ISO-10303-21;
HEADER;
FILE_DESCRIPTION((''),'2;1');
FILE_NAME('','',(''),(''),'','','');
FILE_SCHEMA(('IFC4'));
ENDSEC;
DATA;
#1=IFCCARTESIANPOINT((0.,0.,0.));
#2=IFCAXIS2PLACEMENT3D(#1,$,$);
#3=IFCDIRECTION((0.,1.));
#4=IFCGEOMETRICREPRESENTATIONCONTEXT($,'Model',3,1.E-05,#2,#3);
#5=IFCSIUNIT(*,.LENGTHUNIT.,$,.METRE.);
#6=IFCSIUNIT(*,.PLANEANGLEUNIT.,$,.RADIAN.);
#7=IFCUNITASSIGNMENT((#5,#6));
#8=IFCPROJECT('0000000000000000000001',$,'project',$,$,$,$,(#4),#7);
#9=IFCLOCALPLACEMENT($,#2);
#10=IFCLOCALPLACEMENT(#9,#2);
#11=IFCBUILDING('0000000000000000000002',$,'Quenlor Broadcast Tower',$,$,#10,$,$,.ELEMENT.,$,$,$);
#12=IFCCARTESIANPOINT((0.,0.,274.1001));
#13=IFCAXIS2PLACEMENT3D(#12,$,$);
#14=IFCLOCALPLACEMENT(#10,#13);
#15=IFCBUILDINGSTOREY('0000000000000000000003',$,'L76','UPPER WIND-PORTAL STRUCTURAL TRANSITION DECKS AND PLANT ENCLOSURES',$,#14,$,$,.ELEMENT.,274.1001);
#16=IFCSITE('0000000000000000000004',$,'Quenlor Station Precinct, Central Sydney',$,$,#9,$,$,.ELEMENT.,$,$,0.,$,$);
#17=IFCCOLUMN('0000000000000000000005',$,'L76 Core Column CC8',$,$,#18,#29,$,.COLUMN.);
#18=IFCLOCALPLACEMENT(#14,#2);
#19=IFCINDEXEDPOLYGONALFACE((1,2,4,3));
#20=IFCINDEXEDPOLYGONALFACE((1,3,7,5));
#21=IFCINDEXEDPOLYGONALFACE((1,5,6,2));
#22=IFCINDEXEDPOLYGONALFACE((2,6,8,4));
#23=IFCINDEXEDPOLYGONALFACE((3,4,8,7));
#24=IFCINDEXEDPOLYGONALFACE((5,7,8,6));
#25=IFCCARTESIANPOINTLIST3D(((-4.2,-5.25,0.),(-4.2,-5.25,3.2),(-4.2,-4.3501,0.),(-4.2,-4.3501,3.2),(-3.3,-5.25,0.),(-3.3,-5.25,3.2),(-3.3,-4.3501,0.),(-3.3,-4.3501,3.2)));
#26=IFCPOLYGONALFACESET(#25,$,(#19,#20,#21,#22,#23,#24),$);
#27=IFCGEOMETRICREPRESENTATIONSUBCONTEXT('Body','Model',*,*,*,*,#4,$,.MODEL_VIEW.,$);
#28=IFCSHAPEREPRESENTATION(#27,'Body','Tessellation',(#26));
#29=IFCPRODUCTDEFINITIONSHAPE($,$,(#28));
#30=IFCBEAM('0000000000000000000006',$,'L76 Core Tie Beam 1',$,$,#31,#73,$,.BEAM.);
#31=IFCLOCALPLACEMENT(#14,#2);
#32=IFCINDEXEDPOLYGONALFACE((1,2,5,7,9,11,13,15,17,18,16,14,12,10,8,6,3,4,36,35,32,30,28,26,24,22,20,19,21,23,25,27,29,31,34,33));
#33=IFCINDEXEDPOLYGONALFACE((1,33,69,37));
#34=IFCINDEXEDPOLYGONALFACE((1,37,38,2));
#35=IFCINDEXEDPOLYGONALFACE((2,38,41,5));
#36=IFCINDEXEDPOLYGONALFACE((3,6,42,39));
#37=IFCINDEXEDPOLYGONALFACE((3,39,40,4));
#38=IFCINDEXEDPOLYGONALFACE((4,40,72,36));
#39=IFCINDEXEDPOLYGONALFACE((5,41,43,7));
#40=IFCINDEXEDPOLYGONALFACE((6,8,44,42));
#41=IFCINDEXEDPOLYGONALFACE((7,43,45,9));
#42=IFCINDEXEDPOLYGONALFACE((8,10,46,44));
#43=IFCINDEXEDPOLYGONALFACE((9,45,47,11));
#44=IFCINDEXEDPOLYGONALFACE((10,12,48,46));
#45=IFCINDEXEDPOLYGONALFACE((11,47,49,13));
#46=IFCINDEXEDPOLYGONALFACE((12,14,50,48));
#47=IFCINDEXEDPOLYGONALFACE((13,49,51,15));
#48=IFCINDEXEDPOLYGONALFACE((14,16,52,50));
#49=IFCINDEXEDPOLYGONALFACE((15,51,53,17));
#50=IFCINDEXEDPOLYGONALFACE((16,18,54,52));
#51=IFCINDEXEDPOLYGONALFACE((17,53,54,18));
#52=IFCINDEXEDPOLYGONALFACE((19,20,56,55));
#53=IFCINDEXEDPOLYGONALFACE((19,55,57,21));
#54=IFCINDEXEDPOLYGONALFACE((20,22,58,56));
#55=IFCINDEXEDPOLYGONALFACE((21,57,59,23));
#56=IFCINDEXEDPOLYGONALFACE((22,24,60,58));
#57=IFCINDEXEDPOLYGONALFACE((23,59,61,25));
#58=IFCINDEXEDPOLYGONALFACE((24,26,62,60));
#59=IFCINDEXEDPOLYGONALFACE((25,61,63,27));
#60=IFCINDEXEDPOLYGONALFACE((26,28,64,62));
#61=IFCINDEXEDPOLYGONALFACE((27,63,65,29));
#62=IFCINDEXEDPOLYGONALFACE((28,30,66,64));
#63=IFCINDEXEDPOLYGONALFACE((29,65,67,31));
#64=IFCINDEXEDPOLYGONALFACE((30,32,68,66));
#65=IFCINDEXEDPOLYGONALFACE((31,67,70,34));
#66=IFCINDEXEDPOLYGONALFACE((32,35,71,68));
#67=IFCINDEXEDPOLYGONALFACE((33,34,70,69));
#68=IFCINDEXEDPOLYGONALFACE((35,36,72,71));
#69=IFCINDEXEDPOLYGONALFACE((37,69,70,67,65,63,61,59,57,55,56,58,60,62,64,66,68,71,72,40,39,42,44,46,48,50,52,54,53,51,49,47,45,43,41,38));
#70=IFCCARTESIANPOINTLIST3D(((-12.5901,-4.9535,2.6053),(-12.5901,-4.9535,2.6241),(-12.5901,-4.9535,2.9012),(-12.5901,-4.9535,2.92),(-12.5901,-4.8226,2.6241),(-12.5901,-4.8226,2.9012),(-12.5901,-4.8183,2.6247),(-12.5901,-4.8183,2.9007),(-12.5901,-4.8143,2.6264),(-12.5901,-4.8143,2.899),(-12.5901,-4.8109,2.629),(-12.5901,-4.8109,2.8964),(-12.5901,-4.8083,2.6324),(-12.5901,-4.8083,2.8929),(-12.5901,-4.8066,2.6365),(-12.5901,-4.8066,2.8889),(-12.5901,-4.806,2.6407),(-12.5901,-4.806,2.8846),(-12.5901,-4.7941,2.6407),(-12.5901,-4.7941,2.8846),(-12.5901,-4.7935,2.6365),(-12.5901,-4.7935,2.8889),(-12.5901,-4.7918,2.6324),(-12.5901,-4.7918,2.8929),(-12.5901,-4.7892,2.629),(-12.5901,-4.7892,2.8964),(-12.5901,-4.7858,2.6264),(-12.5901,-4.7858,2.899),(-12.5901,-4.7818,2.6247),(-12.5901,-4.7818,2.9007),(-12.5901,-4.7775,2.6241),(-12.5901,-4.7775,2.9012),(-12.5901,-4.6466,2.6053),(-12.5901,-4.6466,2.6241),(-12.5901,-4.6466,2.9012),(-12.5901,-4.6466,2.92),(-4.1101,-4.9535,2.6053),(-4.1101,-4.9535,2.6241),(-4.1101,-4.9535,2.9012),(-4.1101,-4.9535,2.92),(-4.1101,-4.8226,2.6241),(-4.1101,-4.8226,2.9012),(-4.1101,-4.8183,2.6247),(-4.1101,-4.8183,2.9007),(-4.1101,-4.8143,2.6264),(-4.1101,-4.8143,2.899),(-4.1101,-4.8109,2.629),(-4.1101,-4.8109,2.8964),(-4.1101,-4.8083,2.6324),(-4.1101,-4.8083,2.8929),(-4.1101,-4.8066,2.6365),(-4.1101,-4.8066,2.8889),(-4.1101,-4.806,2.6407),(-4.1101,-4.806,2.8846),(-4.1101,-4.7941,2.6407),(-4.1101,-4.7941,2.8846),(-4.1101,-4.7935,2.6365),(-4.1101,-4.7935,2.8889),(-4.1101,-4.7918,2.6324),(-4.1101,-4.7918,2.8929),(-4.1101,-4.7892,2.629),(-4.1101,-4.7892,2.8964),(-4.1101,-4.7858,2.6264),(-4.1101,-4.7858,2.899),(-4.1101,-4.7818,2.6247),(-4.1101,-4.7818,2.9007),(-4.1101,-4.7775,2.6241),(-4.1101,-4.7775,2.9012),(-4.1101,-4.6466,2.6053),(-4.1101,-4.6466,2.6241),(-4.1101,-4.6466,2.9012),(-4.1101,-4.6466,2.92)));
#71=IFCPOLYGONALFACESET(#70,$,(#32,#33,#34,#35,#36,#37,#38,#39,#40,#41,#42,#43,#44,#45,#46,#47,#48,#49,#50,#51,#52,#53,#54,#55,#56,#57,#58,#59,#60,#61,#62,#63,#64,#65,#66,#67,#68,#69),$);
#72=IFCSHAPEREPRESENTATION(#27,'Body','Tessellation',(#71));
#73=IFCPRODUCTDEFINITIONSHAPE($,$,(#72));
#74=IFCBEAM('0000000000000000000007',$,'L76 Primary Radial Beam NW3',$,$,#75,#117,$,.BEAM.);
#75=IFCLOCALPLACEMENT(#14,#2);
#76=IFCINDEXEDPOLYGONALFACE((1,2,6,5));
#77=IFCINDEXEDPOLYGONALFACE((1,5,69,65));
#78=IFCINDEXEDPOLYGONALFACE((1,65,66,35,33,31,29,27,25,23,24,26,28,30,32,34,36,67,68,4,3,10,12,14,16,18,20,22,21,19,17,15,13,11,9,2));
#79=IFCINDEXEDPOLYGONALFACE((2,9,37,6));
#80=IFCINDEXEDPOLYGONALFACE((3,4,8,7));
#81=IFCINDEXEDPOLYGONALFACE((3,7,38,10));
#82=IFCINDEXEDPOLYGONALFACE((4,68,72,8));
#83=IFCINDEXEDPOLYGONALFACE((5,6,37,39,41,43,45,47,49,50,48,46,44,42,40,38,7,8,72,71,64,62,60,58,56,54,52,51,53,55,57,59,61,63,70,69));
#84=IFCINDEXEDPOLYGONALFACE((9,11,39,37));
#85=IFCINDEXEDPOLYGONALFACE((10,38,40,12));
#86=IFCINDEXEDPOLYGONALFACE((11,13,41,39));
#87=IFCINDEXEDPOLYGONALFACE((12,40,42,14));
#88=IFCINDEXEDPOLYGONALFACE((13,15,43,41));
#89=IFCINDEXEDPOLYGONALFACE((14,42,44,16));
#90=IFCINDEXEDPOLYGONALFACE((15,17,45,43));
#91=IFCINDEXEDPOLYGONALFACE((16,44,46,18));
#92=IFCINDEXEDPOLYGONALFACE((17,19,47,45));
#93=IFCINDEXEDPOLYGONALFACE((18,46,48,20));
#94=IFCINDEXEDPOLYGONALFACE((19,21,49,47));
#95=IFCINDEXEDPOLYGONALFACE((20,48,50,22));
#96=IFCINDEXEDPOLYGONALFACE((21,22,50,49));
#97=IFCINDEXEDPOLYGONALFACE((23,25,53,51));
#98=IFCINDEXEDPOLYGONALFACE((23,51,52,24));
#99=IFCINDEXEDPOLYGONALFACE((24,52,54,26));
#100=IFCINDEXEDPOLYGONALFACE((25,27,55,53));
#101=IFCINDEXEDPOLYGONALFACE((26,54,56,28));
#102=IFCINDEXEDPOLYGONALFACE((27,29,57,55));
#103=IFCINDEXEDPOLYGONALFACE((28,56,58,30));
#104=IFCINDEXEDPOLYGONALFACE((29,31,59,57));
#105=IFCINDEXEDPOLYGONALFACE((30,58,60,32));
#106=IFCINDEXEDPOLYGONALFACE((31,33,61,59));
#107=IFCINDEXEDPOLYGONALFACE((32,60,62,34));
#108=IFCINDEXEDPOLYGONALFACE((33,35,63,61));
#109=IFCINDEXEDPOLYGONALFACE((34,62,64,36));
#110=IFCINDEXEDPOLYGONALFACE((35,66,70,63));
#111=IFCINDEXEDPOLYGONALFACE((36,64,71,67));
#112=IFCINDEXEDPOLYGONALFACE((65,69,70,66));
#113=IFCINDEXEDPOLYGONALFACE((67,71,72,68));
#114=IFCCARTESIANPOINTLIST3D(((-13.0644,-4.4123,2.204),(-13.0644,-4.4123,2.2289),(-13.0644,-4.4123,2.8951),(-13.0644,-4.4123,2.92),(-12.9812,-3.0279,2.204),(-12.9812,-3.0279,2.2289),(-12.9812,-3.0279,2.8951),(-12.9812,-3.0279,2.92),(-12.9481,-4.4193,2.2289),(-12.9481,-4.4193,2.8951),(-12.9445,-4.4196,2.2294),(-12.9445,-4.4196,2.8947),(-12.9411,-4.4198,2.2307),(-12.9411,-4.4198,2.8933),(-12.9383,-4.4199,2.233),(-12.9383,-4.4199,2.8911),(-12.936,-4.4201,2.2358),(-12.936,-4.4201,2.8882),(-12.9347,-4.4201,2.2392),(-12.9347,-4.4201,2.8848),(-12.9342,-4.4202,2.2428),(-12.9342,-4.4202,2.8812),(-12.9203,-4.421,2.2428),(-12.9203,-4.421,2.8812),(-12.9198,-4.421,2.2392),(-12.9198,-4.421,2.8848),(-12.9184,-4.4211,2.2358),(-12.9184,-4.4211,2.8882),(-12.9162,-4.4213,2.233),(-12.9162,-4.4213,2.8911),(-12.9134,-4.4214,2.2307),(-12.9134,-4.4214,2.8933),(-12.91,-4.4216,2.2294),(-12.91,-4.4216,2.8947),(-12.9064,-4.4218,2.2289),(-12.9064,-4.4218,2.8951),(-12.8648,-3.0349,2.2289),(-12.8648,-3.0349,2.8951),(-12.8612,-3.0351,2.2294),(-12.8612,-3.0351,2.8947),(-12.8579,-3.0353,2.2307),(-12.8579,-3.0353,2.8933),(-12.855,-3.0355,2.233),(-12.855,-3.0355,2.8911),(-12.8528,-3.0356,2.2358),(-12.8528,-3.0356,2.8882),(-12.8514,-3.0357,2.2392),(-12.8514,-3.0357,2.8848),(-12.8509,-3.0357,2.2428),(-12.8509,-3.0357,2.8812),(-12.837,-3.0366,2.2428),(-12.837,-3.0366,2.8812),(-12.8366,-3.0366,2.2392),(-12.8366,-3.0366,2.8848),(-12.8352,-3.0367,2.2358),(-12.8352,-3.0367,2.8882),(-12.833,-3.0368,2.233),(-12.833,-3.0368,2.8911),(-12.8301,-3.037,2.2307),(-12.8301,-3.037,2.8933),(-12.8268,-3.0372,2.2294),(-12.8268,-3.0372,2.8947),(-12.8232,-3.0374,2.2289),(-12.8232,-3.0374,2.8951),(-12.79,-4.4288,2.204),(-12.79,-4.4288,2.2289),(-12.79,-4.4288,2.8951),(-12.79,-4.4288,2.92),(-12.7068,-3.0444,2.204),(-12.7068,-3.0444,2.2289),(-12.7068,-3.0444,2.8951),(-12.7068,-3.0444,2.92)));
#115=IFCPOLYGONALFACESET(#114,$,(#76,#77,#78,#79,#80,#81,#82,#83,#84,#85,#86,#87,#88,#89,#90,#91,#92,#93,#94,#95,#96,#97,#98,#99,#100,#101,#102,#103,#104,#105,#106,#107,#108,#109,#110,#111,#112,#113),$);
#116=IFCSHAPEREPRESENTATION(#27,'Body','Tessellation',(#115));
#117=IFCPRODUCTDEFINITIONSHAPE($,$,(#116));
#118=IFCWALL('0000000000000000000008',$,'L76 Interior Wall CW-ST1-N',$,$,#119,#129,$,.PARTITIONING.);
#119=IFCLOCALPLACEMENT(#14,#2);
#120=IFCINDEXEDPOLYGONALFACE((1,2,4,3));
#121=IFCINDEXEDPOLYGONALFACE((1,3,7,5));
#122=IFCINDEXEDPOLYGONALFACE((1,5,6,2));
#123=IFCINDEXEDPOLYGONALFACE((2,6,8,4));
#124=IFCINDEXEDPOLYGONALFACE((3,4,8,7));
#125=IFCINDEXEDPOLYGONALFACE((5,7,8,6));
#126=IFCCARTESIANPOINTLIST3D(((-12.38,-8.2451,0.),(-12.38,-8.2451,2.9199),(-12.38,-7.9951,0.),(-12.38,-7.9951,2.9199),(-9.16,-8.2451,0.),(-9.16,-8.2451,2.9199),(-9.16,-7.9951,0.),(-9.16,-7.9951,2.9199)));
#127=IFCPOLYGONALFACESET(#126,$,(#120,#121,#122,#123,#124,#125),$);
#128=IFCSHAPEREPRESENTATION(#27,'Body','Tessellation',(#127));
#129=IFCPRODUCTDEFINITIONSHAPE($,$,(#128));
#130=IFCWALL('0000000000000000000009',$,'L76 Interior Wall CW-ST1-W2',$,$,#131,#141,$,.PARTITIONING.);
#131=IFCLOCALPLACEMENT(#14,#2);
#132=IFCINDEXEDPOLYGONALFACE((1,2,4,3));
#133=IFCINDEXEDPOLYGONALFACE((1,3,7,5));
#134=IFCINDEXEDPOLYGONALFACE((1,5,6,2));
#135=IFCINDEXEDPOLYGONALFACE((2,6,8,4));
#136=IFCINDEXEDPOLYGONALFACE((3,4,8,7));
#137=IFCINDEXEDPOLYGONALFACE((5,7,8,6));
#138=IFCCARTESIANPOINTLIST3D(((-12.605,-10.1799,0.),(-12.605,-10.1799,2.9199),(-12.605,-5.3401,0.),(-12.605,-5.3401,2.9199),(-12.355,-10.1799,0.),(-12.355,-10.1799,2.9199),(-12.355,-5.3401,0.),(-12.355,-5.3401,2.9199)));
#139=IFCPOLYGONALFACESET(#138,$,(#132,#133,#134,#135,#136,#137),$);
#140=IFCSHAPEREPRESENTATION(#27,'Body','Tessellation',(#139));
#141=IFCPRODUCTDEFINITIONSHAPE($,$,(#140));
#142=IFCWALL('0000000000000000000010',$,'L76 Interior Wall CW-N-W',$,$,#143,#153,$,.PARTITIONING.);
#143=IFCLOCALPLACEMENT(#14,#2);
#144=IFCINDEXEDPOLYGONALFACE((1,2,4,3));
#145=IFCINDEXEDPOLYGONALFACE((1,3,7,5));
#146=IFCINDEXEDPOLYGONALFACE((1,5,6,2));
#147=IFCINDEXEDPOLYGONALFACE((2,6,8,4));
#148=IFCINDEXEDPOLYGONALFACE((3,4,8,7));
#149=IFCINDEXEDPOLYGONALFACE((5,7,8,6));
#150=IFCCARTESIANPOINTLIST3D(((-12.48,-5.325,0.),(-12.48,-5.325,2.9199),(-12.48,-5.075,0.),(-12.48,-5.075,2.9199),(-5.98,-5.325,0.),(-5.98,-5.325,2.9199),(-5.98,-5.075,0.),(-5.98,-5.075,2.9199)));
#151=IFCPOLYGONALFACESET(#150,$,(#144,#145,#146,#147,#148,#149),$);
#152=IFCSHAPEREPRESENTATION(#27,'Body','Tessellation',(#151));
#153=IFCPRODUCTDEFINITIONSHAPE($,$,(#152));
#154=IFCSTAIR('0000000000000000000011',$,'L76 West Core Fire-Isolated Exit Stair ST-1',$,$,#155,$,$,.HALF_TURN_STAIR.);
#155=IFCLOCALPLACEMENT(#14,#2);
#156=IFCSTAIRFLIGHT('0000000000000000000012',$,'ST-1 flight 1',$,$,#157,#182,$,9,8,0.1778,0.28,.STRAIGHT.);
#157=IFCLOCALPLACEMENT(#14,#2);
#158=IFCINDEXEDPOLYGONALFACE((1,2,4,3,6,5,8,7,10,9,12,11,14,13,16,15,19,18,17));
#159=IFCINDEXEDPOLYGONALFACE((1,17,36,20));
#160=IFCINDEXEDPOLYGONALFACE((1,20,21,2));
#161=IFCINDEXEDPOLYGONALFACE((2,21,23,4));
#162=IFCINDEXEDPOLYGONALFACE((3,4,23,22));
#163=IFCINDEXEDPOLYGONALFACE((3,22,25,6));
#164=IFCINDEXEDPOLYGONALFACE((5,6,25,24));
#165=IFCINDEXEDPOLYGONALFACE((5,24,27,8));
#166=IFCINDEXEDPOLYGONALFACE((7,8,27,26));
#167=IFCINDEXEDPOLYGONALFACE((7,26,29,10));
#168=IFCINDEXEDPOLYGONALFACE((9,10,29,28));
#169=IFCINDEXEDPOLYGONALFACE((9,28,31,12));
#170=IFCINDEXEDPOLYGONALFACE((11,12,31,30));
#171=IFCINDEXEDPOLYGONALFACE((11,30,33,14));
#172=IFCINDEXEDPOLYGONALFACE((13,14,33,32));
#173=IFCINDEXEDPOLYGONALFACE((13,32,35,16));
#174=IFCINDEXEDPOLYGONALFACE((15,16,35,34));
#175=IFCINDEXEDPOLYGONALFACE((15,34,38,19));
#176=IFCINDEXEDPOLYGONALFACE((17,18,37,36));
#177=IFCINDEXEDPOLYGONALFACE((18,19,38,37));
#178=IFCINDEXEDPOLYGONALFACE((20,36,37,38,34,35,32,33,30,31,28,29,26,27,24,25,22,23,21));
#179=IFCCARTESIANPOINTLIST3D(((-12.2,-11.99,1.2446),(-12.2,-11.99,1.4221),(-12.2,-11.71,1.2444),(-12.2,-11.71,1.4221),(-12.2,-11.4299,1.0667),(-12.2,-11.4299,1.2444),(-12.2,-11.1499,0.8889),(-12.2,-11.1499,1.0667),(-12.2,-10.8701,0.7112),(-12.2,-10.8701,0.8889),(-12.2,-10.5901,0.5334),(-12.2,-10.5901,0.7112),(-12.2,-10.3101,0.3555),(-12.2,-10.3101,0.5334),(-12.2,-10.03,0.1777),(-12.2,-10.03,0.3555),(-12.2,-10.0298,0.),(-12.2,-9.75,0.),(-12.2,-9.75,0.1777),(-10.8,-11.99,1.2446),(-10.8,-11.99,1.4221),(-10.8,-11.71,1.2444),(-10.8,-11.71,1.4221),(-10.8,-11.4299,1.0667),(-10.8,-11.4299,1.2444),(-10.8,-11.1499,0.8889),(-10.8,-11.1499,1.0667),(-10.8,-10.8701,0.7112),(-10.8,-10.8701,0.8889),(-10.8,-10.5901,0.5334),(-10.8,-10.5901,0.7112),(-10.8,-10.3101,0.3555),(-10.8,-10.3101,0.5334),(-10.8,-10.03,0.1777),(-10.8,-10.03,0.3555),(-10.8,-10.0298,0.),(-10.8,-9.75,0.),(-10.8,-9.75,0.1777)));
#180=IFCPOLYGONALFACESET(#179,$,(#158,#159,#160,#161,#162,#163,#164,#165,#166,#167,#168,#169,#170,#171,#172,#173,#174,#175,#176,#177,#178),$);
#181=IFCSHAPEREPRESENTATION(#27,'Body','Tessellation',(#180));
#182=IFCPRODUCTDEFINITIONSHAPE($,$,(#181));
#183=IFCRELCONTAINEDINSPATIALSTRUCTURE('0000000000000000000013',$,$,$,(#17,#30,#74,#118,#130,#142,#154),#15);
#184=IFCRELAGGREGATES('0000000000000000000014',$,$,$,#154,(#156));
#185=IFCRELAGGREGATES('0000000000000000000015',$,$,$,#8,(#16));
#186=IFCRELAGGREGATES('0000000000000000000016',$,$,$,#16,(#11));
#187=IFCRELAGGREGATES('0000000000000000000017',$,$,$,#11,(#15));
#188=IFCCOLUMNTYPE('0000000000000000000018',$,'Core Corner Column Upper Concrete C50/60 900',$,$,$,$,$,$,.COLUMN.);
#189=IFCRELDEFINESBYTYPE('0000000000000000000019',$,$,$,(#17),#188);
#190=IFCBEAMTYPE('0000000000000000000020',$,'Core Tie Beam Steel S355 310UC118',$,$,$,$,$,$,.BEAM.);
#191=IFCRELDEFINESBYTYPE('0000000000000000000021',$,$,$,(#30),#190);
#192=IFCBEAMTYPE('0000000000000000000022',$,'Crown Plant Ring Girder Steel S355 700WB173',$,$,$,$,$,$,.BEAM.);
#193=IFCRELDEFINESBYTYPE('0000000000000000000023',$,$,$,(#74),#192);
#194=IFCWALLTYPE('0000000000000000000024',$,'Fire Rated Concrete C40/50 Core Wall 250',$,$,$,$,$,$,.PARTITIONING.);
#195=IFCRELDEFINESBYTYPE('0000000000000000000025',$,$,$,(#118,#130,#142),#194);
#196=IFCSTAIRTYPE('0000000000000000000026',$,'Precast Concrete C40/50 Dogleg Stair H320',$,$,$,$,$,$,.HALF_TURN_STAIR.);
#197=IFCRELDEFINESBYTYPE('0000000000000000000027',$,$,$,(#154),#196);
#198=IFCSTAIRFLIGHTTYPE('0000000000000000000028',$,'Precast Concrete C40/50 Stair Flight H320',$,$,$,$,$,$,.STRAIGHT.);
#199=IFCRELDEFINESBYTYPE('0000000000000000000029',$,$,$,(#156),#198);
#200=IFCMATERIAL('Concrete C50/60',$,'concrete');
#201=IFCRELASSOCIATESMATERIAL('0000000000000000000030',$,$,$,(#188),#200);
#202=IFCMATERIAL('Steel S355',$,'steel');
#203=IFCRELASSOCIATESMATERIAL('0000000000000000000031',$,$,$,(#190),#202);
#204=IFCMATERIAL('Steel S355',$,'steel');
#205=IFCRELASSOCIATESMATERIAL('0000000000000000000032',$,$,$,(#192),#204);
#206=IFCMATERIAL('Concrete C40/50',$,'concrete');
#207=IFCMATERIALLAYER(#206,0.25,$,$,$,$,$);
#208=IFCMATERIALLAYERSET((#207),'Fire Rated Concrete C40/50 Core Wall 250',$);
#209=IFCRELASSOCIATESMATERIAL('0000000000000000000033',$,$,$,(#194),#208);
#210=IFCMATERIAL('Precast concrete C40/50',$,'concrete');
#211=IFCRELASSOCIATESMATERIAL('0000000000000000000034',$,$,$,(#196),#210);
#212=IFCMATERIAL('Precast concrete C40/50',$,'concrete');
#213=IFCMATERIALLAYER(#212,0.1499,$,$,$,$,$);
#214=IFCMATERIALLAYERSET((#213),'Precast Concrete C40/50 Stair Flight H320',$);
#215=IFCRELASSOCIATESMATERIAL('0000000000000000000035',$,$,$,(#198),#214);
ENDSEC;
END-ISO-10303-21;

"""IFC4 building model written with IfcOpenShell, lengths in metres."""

from ifc_helpers import new_model, si_unit, direction, frame, frame_2d, origin, origin_2d, place, context, subcontext, project, spatial, polyline, rectangle, i_section, outline, extrude, material, layer, layer_set, material_profile, profile_set, type_object, element, aggregate, save


model = new_model("IFC4")

# Units and contexts
model_context = context("Model", 3, precision=1e-05, world=origin(), true_north=direction((0.0, 1.0)))
body_context = subcontext(model_context, "Body", "Model", "MODEL_VIEW")
ifc_project = project(units=[si_unit("LENGTHUNIT", "METRE"), si_unit("PLANEANGLEUNIT", "RADIAN")], contexts=[model_context])

# Site, building, storey
site_placement = place(None, origin())
site = spatial("IfcSite", under=ifc_project, at=site_placement, Name="Quenlor Station Precinct, Central Sydney", CompositionType="ELEMENT", RefElevation=0.0)
building_placement = place(site_placement, origin())
building = spatial("IfcBuilding", under=site, at=building_placement, Name="Quenlor Broadcast Tower", CompositionType="ELEMENT")
storey_placement = place(building_placement, frame((0.0, 0.0, 274.1001)))
storey = spatial("IfcBuildingStorey", under=building, at=storey_placement, Name="L76", Description="UPPER WIND-PORTAL STRUCTURAL TRANSITION DECKS AND PLANT ENCLOSURES", CompositionType="ELEMENT", Elevation=274.1001)

# Column
ifc_material_1 = material(Name="Concrete C50/60", Category="concrete")
ifc_material_profile_1 = material_profile(ifc_material_1, rectangle(XDim=0.8999, YDim=0.8999, at=origin_2d()))
ifc_profile_set_1 = profile_set([ifc_material_profile_1], Name="Concrete C50/60 RC900x900")
column_type = type_object("IfcColumnType", Name="Core Corner Column Upper Concrete C50/60 900", PredefinedType="COLUMN", material=ifc_profile_set_1)
column_placement = place(storey_placement, frame((-3.75, -4.8, 0.0), z_axis=(0.0, 0.0, 1.0), x_axis=(1.0, 0.0, 0.0)))
element("IfcColumn", 1, at=column_placement, inside=storey, type_object=column_type, Name="L76 Core Column CC8", PredefinedType="COLUMN", context=body_context, shape_type="SweptSolid", body=[
    extrude(rectangle(XDim=0.8999, YDim=0.8999, at=origin_2d()), origin(), (0.0, 0.0, 1.0), 3.2),
])

# Beams
ifc_material_2 = material(Name="Steel S355", Category="steel")
ifc_material_profile_2 = material_profile(ifc_material_2, i_section(OverallWidth=0.3069, OverallDepth=0.3147, WebThickness=0.012, FlangeThickness=0.0188, FilletRadius=0.0166, at=origin_2d()))
ifc_profile_set_2 = profile_set([ifc_material_profile_2], Name="Steel S355 310UC118")
beam_type_1 = type_object("IfcBeamType", Name="Core Tie Beam Steel S355 310UC118", PredefinedType="BEAM", material=ifc_profile_set_2)
beam_1_placement = place(storey_placement, frame((-12.5901, -4.8, 2.7627), z_axis=(1.0, 0.0, 0.0), x_axis=(0.0, 1.0, 0.0)))
element("IfcBeam", 2, at=beam_1_placement, inside=storey, type_object=beam_type_1, Name="L76 Core Tie Beam 1", PredefinedType="BEAM", context=body_context, shape_type="SweptSolid", body=[
    extrude(i_section(OverallWidth=0.3069, OverallDepth=0.3147, WebThickness=0.012, FlangeThickness=0.0188, FilletRadius=0.0166, at=origin_2d()), origin(), (0.0, 0.0, 1.0), 8.48),
])
ifc_material_3 = material(Name="Steel S355", Category="steel")
ifc_material_profile_3 = material_profile(ifc_material_3, i_section(OverallWidth=0.2749, OverallDepth=0.7161, WebThickness=0.0139, FlangeThickness=0.0249, FilletRadius=0.0139, at=origin_2d()))
ifc_profile_set_3 = profile_set([ifc_material_profile_3], Name="Steel S355 700WB173")
beam_type_2 = type_object("IfcBeamType", Name="Crown Plant Ring Girder Steel S355 700WB173", PredefinedType="BEAM", material=ifc_profile_set_3)
beam_2_placement = place(storey_placement, frame((-12.844, -3.0361, 2.562), z_axis=(-0.060022, -0.998197, 0.0), x_axis=(0.998197, -0.060022, 0.0)))
element("IfcBeam", 3, at=beam_2_placement, inside=storey, type_object=beam_type_2, Name="L76 Primary Radial Beam NW3", PredefinedType="BEAM", context=body_context, shape_type="SweptSolid", body=[
    extrude(i_section(OverallWidth=0.2749, OverallDepth=0.7161, WebThickness=0.0139, FlangeThickness=0.0249, FilletRadius=0.0139, at=origin_2d()), origin(), (0.0, 0.0, 1.0), 1.387),
])

# Shared definitions
ifc_material_4 = material(Name="Concrete C40/50", Category="concrete")
ifc_layer_1 = layer(ifc_material_4, 0.25)
ifc_layer_set_1 = layer_set([ifc_layer_1], Name="Fire Rated Concrete C40/50 Core Wall 250")
wall_type_1 = type_object("IfcWallType", Name="Fire Rated Concrete C40/50 Core Wall 250", PredefinedType="PARTITIONING", material=ifc_layer_set_1)

# Walls
wall_1_placement = place(storey_placement, frame((-12.3799, -8.1201, 0.0), z_axis=(0.0, 0.0, 1.0), x_axis=(1.0, 0.0, 0.0)))
element("IfcWall", 4, at=wall_1_placement, inside=storey, type_object=wall_type_1, Name="L76 Interior Wall CW-ST1-N", PredefinedType="PARTITIONING", context=body_context, shape_type="SweptSolid", body=[
    extrude(rectangle(XDim=3.22, YDim=0.25, at=frame_2d((1.6099, 0.0))), origin(), (0.0, 0.0, 1.0), 2.9199),
])
wall_2_placement = place(storey_placement, frame((-12.48, -10.1799, 0.0), z_axis=(0.0, 0.0, 1.0), x_axis=(0.0, 1.0, 0.0)))
element("IfcWall", 5, at=wall_2_placement, inside=storey, type_object=wall_type_1, Name="L76 Interior Wall CW-ST1-W2", PredefinedType="PARTITIONING", context=body_context, shape_type="SweptSolid", body=[
    extrude(rectangle(XDim=4.8398, YDim=0.25, at=frame_2d((2.4199, 0.0))), origin(), (0.0, 0.0, 1.0), 2.9199),
])

# Wall
wall_3_placement = place(storey_placement, frame((-12.48, -5.2, 0.0), z_axis=(0.0, 0.0, 1.0), x_axis=(1.0, 0.0, 0.0)))
element("IfcWall", 6, at=wall_3_placement, inside=storey, type_object=wall_type_1, Name="L76 Interior Wall CW-N-W", PredefinedType="PARTITIONING", context=body_context, shape_type="SweptSolid", body=[
    extrude(rectangle(XDim=6.5, YDim=0.25, at=frame_2d((3.25, 0.0))), origin(), (0.0, 0.0, 1.0), 2.9199),
])

# Stair, stair flight
ifc_material_5 = material(Name="Precast concrete C40/50", Category="concrete")
stair_type = type_object("IfcStairType", Name="Precast Concrete C40/50 Dogleg Stair H320", PredefinedType="HALF_TURN_STAIR", material=ifc_material_5)
stair_placement = place(storey_placement, origin())
stair = element("IfcStair", 7, at=stair_placement, inside=storey, type_object=stair_type, Name="L76 West Core Fire-Isolated Exit Stair ST-1", PredefinedType="HALF_TURN_STAIR")
ifc_material_6 = material(Name="Precast concrete C40/50", Category="concrete")
ifc_layer_2 = layer(ifc_material_6, 0.1499)
ifc_layer_set_2 = layer_set([ifc_layer_2], Name="Precast Concrete C40/50 Stair Flight H320")
stair_flight_type = type_object("IfcStairFlightType", Name="Precast Concrete C40/50 Stair Flight H320", PredefinedType="STRAIGHT", material=ifc_layer_set_2)
stair_flight_1_placement = place(storey_placement, frame((-11.5, -9.75, 0.0), z_axis=(0.0, 0.0, 1.0), x_axis=(0.0, -1.0, 0.0)))
stair_flight_1 = element("IfcStairFlight", 8, at=stair_flight_1_placement, type_object=stair_flight_type, Name="ST-1 flight 1", NumberOfRisers=9, NumberOfTreads=8, PredefinedType="STRAIGHT", RiserHeight=0.1778, TreadLength=0.28, context=body_context, shape_type="SweptSolid", body=[
    extrude(outline(polyline([(0.0, 0.0), (0.0, 0.1777), (0.28, 0.1777), (0.28, 0.3555), (0.5601, 0.3555), (0.5601, 0.5334), (0.8401, 0.5334), (0.8401, 0.7112), (1.1201, 0.7112), (1.1201, 0.8889), (1.3999, 0.8889), (1.3999, 1.0667), (1.6799, 1.0667), (1.6799, 1.2444), (1.96, 1.2444), (1.96, 1.4221), (2.24, 1.4221), (2.24, 1.6001), (2.24, 1.2446), (0.2798, 0.0), (0.0, 0.0)])), frame((0.0, 0.7, 0.0), z_axis=(0.0, -1.0, 0.0), x_axis=(1.0, 0.0, 0.0)), (0.0, 0.0, 1.0), 1.3999),
])
aggregate(stair, [stair_flight_1])

save(model, "model.ifc")
